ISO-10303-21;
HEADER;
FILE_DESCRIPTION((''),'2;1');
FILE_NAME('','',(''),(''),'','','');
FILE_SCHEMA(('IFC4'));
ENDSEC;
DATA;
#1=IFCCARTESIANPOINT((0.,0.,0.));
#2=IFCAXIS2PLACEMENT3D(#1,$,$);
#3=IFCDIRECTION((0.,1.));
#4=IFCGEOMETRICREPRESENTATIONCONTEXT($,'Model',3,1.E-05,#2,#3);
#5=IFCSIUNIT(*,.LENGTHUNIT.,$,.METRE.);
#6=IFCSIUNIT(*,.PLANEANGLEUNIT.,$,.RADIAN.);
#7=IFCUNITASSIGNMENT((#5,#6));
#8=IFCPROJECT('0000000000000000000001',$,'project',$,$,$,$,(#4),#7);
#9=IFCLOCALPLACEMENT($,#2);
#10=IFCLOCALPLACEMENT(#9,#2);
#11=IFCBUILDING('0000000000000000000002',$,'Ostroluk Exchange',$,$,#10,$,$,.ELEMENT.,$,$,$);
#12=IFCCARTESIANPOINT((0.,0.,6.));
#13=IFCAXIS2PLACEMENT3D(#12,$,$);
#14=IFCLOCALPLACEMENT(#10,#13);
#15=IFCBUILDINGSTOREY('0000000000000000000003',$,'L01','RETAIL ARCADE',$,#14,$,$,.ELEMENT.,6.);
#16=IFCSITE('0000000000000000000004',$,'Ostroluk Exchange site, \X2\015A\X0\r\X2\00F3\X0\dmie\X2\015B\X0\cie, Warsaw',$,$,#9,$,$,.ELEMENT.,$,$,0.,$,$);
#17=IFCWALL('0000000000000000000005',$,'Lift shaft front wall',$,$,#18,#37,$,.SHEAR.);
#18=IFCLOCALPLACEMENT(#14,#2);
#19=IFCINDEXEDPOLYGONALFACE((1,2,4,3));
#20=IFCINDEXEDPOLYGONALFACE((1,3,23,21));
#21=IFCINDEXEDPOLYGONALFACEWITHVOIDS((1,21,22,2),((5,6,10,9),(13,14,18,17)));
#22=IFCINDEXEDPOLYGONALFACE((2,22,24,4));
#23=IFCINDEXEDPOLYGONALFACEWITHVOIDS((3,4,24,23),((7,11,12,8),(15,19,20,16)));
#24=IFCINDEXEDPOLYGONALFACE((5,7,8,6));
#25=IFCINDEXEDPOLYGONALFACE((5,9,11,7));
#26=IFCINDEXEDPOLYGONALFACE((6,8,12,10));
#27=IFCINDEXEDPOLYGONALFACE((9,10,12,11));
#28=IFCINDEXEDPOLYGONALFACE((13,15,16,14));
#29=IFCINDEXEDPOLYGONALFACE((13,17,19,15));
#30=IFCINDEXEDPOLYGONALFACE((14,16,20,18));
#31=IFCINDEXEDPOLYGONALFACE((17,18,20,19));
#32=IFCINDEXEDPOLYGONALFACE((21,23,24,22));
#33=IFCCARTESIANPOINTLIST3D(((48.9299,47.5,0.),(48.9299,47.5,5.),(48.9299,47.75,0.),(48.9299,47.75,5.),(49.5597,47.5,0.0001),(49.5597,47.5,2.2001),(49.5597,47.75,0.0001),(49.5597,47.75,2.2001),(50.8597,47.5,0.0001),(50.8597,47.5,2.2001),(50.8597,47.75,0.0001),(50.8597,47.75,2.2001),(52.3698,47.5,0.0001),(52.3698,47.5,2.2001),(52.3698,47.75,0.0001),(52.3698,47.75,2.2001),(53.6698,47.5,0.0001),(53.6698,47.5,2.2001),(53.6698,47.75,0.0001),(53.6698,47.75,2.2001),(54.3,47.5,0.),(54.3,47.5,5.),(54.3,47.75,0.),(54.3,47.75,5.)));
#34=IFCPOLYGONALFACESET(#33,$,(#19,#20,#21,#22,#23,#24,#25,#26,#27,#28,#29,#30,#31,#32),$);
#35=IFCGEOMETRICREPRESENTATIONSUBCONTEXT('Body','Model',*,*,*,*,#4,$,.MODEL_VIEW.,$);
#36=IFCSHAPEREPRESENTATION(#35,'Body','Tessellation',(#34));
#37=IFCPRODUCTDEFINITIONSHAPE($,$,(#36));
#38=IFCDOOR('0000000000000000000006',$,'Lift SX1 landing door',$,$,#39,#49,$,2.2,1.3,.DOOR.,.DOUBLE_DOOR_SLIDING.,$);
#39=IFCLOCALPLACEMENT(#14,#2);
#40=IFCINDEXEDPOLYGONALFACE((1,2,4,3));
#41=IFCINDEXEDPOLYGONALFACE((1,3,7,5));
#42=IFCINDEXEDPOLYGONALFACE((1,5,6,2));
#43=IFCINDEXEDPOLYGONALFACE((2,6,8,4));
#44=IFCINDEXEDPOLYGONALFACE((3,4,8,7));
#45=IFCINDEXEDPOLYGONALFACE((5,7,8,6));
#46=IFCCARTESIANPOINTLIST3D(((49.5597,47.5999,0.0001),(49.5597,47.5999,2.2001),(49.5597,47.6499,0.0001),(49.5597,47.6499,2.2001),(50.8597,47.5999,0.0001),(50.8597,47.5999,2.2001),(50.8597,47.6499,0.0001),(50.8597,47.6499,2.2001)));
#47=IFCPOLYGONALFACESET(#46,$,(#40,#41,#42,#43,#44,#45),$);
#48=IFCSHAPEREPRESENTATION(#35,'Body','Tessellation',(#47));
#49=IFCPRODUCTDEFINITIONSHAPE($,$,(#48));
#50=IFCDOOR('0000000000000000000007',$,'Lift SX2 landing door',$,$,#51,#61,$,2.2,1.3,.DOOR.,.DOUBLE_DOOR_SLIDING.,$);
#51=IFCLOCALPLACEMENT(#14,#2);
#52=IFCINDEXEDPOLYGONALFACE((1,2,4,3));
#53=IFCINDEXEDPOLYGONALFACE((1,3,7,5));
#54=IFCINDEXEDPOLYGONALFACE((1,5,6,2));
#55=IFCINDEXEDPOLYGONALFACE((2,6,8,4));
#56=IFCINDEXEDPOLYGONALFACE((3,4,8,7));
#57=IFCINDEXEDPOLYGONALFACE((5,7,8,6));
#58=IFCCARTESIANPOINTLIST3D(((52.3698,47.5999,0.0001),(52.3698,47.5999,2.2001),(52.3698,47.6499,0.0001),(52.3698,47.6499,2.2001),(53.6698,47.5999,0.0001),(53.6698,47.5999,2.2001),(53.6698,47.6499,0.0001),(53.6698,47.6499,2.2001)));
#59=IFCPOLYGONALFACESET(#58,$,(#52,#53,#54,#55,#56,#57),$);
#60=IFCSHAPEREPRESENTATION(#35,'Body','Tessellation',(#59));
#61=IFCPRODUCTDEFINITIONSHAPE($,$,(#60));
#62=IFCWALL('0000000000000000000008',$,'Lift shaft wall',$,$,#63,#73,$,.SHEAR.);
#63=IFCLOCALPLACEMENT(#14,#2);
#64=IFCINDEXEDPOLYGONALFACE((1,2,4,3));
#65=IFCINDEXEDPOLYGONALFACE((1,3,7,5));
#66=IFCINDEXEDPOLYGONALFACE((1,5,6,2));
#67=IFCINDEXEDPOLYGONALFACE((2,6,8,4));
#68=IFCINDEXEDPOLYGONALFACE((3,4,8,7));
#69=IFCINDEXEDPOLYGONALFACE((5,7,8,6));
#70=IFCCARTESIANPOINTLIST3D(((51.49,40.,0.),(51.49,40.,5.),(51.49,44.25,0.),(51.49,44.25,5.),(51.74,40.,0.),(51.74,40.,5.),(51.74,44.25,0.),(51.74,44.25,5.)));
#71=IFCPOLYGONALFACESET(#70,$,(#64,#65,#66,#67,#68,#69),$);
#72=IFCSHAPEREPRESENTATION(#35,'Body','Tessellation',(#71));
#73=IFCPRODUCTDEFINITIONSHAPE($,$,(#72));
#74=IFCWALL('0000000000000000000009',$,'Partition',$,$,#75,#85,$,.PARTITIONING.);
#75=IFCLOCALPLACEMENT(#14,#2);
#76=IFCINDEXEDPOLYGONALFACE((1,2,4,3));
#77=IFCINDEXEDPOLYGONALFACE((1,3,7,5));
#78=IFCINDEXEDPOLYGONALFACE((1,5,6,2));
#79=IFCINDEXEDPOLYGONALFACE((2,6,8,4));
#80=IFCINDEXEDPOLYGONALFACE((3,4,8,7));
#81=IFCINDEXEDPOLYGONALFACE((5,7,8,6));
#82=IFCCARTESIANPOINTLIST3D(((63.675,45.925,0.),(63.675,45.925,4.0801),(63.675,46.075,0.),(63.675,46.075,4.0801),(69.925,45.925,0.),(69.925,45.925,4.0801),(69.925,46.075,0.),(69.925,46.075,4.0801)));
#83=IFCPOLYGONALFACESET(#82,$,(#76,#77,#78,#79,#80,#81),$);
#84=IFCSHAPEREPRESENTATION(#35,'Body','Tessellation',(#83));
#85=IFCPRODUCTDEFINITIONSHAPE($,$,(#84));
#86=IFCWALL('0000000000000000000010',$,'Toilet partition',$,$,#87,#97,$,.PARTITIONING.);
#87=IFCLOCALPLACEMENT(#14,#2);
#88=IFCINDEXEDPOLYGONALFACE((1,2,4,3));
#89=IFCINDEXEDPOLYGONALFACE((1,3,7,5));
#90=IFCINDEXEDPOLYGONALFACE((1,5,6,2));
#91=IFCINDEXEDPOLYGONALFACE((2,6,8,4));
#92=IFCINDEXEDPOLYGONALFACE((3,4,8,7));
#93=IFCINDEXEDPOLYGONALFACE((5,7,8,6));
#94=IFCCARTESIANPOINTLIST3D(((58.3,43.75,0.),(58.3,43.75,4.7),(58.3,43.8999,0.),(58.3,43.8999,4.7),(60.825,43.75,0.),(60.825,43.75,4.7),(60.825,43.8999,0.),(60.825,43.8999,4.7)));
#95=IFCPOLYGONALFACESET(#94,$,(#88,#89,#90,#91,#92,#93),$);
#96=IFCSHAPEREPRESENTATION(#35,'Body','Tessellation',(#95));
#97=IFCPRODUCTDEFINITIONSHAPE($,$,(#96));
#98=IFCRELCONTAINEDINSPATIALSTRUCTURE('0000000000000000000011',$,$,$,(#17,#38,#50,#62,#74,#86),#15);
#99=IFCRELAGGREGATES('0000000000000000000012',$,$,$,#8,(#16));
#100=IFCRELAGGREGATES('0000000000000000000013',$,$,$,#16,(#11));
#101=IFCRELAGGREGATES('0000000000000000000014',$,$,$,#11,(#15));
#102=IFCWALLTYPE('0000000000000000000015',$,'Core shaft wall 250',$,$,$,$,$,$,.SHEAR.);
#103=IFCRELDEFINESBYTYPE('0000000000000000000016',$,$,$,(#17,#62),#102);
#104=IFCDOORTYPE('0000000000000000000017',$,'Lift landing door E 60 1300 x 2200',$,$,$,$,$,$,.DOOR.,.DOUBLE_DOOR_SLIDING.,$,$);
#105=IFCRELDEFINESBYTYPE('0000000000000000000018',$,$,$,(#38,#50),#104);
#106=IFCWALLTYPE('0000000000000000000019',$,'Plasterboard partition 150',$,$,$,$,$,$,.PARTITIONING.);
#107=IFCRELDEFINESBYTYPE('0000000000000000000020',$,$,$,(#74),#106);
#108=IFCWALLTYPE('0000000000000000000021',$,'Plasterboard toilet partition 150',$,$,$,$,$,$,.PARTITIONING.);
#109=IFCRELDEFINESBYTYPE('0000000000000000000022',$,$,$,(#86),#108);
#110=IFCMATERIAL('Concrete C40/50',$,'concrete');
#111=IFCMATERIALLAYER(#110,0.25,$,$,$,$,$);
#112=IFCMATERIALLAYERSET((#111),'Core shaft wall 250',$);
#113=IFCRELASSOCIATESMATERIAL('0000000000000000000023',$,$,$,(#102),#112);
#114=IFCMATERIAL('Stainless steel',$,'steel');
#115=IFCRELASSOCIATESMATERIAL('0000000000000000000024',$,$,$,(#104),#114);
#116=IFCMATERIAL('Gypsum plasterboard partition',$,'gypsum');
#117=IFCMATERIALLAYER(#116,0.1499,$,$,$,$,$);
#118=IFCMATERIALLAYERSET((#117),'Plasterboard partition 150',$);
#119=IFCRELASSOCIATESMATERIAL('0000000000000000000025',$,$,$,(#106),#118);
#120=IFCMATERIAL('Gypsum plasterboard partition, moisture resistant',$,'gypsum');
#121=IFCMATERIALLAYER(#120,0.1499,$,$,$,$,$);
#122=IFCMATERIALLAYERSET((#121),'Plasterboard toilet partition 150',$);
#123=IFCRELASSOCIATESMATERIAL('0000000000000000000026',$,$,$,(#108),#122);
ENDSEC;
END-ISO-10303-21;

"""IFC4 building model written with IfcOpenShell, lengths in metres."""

from ifc_helpers import new_model, si_unit, direction, frame, frame_2d, origin, place, context, subcontext, project, spatial, rectangle, extrude, material, layer, layer_set, type_object, element, fill, save


model = new_model("IFC4")

# Units and contexts
model_context = context("Model", 3, precision=1e-05, world=origin(), true_north=direction((0.0, 1.0)))
body_context = subcontext(model_context, "Body", "Model", "MODEL_VIEW")
ifc_project = project(units=[si_unit("LENGTHUNIT", "METRE"), si_unit("PLANEANGLEUNIT", "RADIAN")], contexts=[model_context])

# Site, building, storey
site_placement = place(None, origin())
site = spatial("IfcSite", under=ifc_project, at=site_placement, Name="Ostroluk Exchange site, Śródmieście, Warsaw", CompositionType="ELEMENT", RefElevation=0.0)
building_placement = place(site_placement, origin())
building = spatial("IfcBuilding", under=site, at=building_placement, Name="Ostroluk Exchange", CompositionType="ELEMENT")
storey_placement = place(building_placement, frame((0.0, 0.0, 6.0)))
storey = spatial("IfcBuildingStorey", under=building, at=storey_placement, Name="L01", Description="RETAIL ARCADE", CompositionType="ELEMENT", Elevation=6.0)

# Shared definitions
ifc_material_1 = material(Name="Concrete C40/50", Category="concrete")
ifc_layer_1 = layer(ifc_material_1, 0.25)
ifc_layer_set_1 = layer_set([ifc_layer_1], Name="Core shaft wall 250")
wall_type_1 = type_object("IfcWallType", Name="Core shaft wall 250", PredefinedType="SHEAR", material=ifc_layer_set_1)
ifc_material_2 = material(Name="Stainless steel", Category="steel")
door_type = type_object("IfcDoorType", Name="Lift landing door E 60 1300 x 2200", OperationType="DOUBLE_DOOR_SLIDING", PredefinedType="DOOR", material=ifc_material_2)

# Wall, openings, doors
wall_1_placement = place(storey_placement, frame((48.9299, 47.625, 0.0), z_axis=(0.0, 0.0, 1.0), x_axis=(1.0, 0.0, 0.0)))
wall_1 = element("IfcWall", 1, at=wall_1_placement, inside=storey, type_object=wall_type_1, Name="Lift shaft front wall", PredefinedType="SHEAR", context=body_context, shape_type="SweptSolid", body=[
    extrude(rectangle(XDim=5.3701, YDim=0.25, at=frame_2d((2.6851, 0.0))), origin(), (0.0, 0.0, 1.0), 5.0),
])
opening_1_placement = place(wall_1_placement, frame((0.6299, 0.0, 0.0)))
opening_1 = element("IfcOpeningElement", 2, at=opening_1_placement, cuts=wall_1, PredefinedType="OPENING", context=body_context, shape_type="SweptSolid", body=[
    extrude(rectangle(XDim=1.3, YDim=2.2, at=frame_2d((0.6499, 1.1001))), frame((0.0, 0.135, 0.0), z_axis=(0.0, -1.0, 0.0), x_axis=(1.0, 0.0, 0.0)), (0.0, 0.0, 1.0), 0.27),
])
opening_2_placement = place(wall_1_placement, frame((3.4399, 0.0, 0.0)))
opening_2 = element("IfcOpeningElement", 3, at=opening_2_placement, cuts=wall_1, PredefinedType="OPENING", context=body_context, shape_type="SweptSolid", body=[
    extrude(rectangle(XDim=1.3, YDim=2.2, at=frame_2d((0.6499, 1.1001))), frame((0.0, 0.135, 0.0), z_axis=(0.0, -1.0, 0.0), x_axis=(1.0, 0.0, 0.0)), (0.0, 0.0, 1.0), 0.27),
])
door_1_placement = place(opening_1_placement, origin())
door_1 = element("IfcDoor", 4, at=door_1_placement, inside=storey, type_object=door_type, Name="Lift SX1 landing door", OperationType="DOUBLE_DOOR_SLIDING", OverallHeight=2.2, OverallWidth=1.3, PredefinedType="DOOR", context=body_context, shape_type="SweptSolid", body=[
    extrude(rectangle(XDim=1.3, YDim=2.2, at=frame_2d((0.6499, 1.1001))), frame((0.0, 0.0249, 0.0), z_axis=(0.0, -1.0, 0.0), x_axis=(1.0, 0.0, 0.0)), (0.0, 0.0, 1.0), 0.05),
])
fill(opening_1, door_1)
door_2_placement = place(opening_2_placement, origin())
door_2 = element("IfcDoor", 5, at=door_2_placement, inside=storey, type_object=door_type, Name="Lift SX2 landing door", OperationType="DOUBLE_DOOR_SLIDING", OverallHeight=2.2, OverallWidth=1.3, PredefinedType="DOOR", context=body_context, shape_type="SweptSolid", body=[
    extrude(rectangle(XDim=1.3, YDim=2.2, at=frame_2d((0.6499, 1.1001))), frame((0.0, 0.0249, 0.0), z_axis=(0.0, -1.0, 0.0), x_axis=(1.0, 0.0, 0.0)), (0.0, 0.0, 1.0), 0.05),
])
fill(opening_2, door_2)

# Walls
wall_2_placement = place(storey_placement, frame((51.615, 44.25, 0.0), z_axis=(0.0, 0.0, 1.0), x_axis=(0.0, -1.0, 0.0)))
element("IfcWall", 6, at=wall_2_placement, inside=storey, type_object=wall_type_1, Name="Lift shaft wall", PredefinedType="SHEAR", context=body_context, shape_type="SweptSolid", body=[
    extrude(rectangle(XDim=4.25, YDim=0.25, at=frame_2d((2.125, 0.0))), origin(), (0.0, 0.0, 1.0), 5.0),
])
ifc_material_3 = material(Name="Gypsum plasterboard partition", Category="gypsum")
ifc_layer_2 = layer(ifc_material_3, 0.1499)
ifc_layer_set_2 = layer_set([ifc_layer_2], Name="Plasterboard partition 150")
wall_type_2 = type_object("IfcWallType", Name="Plasterboard partition 150", PredefinedType="PARTITIONING", material=ifc_layer_set_2)
wall_3_placement = place(storey_placement, frame((63.675, 46.0, 0.0), z_axis=(0.0, 0.0, 1.0), x_axis=(1.0, 0.0, 0.0)))
element("IfcWall", 7, at=wall_3_placement, inside=storey, type_object=wall_type_2, Name="Partition", PredefinedType="PARTITIONING", context=body_context, shape_type="SweptSolid", body=[
    extrude(rectangle(XDim=6.25, YDim=0.1499, at=frame_2d((3.125, 0.0))), origin(), (0.0, 0.0, 1.0), 4.0801),
])
ifc_material_4 = material(Name="Gypsum plasterboard partition, moisture resistant", Category="gypsum")
ifc_layer_3 = layer(ifc_material_4, 0.1499)
ifc_layer_set_3 = layer_set([ifc_layer_3], Name="Plasterboard toilet partition 150")
wall_type_3 = type_object("IfcWallType", Name="Plasterboard toilet partition 150", PredefinedType="PARTITIONING", material=ifc_layer_set_3)
wall_4_placement = place(storey_placement, frame((60.825, 43.825, 0.0), z_axis=(0.0, 0.0, 1.0), x_axis=(-1.0, 0.0, 0.0)))
element("IfcWall", 8, at=wall_4_placement, inside=storey, type_object=wall_type_3, Name="Toilet partition", PredefinedType="PARTITIONING", context=body_context, shape_type="SweptSolid", body=[
    extrude(rectangle(XDim=2.5249, YDim=0.1499, at=frame_2d((1.2625, 0.0))), origin(), (0.0, 0.0, 1.0), 4.7),
])

save(model, "model.ifc")
